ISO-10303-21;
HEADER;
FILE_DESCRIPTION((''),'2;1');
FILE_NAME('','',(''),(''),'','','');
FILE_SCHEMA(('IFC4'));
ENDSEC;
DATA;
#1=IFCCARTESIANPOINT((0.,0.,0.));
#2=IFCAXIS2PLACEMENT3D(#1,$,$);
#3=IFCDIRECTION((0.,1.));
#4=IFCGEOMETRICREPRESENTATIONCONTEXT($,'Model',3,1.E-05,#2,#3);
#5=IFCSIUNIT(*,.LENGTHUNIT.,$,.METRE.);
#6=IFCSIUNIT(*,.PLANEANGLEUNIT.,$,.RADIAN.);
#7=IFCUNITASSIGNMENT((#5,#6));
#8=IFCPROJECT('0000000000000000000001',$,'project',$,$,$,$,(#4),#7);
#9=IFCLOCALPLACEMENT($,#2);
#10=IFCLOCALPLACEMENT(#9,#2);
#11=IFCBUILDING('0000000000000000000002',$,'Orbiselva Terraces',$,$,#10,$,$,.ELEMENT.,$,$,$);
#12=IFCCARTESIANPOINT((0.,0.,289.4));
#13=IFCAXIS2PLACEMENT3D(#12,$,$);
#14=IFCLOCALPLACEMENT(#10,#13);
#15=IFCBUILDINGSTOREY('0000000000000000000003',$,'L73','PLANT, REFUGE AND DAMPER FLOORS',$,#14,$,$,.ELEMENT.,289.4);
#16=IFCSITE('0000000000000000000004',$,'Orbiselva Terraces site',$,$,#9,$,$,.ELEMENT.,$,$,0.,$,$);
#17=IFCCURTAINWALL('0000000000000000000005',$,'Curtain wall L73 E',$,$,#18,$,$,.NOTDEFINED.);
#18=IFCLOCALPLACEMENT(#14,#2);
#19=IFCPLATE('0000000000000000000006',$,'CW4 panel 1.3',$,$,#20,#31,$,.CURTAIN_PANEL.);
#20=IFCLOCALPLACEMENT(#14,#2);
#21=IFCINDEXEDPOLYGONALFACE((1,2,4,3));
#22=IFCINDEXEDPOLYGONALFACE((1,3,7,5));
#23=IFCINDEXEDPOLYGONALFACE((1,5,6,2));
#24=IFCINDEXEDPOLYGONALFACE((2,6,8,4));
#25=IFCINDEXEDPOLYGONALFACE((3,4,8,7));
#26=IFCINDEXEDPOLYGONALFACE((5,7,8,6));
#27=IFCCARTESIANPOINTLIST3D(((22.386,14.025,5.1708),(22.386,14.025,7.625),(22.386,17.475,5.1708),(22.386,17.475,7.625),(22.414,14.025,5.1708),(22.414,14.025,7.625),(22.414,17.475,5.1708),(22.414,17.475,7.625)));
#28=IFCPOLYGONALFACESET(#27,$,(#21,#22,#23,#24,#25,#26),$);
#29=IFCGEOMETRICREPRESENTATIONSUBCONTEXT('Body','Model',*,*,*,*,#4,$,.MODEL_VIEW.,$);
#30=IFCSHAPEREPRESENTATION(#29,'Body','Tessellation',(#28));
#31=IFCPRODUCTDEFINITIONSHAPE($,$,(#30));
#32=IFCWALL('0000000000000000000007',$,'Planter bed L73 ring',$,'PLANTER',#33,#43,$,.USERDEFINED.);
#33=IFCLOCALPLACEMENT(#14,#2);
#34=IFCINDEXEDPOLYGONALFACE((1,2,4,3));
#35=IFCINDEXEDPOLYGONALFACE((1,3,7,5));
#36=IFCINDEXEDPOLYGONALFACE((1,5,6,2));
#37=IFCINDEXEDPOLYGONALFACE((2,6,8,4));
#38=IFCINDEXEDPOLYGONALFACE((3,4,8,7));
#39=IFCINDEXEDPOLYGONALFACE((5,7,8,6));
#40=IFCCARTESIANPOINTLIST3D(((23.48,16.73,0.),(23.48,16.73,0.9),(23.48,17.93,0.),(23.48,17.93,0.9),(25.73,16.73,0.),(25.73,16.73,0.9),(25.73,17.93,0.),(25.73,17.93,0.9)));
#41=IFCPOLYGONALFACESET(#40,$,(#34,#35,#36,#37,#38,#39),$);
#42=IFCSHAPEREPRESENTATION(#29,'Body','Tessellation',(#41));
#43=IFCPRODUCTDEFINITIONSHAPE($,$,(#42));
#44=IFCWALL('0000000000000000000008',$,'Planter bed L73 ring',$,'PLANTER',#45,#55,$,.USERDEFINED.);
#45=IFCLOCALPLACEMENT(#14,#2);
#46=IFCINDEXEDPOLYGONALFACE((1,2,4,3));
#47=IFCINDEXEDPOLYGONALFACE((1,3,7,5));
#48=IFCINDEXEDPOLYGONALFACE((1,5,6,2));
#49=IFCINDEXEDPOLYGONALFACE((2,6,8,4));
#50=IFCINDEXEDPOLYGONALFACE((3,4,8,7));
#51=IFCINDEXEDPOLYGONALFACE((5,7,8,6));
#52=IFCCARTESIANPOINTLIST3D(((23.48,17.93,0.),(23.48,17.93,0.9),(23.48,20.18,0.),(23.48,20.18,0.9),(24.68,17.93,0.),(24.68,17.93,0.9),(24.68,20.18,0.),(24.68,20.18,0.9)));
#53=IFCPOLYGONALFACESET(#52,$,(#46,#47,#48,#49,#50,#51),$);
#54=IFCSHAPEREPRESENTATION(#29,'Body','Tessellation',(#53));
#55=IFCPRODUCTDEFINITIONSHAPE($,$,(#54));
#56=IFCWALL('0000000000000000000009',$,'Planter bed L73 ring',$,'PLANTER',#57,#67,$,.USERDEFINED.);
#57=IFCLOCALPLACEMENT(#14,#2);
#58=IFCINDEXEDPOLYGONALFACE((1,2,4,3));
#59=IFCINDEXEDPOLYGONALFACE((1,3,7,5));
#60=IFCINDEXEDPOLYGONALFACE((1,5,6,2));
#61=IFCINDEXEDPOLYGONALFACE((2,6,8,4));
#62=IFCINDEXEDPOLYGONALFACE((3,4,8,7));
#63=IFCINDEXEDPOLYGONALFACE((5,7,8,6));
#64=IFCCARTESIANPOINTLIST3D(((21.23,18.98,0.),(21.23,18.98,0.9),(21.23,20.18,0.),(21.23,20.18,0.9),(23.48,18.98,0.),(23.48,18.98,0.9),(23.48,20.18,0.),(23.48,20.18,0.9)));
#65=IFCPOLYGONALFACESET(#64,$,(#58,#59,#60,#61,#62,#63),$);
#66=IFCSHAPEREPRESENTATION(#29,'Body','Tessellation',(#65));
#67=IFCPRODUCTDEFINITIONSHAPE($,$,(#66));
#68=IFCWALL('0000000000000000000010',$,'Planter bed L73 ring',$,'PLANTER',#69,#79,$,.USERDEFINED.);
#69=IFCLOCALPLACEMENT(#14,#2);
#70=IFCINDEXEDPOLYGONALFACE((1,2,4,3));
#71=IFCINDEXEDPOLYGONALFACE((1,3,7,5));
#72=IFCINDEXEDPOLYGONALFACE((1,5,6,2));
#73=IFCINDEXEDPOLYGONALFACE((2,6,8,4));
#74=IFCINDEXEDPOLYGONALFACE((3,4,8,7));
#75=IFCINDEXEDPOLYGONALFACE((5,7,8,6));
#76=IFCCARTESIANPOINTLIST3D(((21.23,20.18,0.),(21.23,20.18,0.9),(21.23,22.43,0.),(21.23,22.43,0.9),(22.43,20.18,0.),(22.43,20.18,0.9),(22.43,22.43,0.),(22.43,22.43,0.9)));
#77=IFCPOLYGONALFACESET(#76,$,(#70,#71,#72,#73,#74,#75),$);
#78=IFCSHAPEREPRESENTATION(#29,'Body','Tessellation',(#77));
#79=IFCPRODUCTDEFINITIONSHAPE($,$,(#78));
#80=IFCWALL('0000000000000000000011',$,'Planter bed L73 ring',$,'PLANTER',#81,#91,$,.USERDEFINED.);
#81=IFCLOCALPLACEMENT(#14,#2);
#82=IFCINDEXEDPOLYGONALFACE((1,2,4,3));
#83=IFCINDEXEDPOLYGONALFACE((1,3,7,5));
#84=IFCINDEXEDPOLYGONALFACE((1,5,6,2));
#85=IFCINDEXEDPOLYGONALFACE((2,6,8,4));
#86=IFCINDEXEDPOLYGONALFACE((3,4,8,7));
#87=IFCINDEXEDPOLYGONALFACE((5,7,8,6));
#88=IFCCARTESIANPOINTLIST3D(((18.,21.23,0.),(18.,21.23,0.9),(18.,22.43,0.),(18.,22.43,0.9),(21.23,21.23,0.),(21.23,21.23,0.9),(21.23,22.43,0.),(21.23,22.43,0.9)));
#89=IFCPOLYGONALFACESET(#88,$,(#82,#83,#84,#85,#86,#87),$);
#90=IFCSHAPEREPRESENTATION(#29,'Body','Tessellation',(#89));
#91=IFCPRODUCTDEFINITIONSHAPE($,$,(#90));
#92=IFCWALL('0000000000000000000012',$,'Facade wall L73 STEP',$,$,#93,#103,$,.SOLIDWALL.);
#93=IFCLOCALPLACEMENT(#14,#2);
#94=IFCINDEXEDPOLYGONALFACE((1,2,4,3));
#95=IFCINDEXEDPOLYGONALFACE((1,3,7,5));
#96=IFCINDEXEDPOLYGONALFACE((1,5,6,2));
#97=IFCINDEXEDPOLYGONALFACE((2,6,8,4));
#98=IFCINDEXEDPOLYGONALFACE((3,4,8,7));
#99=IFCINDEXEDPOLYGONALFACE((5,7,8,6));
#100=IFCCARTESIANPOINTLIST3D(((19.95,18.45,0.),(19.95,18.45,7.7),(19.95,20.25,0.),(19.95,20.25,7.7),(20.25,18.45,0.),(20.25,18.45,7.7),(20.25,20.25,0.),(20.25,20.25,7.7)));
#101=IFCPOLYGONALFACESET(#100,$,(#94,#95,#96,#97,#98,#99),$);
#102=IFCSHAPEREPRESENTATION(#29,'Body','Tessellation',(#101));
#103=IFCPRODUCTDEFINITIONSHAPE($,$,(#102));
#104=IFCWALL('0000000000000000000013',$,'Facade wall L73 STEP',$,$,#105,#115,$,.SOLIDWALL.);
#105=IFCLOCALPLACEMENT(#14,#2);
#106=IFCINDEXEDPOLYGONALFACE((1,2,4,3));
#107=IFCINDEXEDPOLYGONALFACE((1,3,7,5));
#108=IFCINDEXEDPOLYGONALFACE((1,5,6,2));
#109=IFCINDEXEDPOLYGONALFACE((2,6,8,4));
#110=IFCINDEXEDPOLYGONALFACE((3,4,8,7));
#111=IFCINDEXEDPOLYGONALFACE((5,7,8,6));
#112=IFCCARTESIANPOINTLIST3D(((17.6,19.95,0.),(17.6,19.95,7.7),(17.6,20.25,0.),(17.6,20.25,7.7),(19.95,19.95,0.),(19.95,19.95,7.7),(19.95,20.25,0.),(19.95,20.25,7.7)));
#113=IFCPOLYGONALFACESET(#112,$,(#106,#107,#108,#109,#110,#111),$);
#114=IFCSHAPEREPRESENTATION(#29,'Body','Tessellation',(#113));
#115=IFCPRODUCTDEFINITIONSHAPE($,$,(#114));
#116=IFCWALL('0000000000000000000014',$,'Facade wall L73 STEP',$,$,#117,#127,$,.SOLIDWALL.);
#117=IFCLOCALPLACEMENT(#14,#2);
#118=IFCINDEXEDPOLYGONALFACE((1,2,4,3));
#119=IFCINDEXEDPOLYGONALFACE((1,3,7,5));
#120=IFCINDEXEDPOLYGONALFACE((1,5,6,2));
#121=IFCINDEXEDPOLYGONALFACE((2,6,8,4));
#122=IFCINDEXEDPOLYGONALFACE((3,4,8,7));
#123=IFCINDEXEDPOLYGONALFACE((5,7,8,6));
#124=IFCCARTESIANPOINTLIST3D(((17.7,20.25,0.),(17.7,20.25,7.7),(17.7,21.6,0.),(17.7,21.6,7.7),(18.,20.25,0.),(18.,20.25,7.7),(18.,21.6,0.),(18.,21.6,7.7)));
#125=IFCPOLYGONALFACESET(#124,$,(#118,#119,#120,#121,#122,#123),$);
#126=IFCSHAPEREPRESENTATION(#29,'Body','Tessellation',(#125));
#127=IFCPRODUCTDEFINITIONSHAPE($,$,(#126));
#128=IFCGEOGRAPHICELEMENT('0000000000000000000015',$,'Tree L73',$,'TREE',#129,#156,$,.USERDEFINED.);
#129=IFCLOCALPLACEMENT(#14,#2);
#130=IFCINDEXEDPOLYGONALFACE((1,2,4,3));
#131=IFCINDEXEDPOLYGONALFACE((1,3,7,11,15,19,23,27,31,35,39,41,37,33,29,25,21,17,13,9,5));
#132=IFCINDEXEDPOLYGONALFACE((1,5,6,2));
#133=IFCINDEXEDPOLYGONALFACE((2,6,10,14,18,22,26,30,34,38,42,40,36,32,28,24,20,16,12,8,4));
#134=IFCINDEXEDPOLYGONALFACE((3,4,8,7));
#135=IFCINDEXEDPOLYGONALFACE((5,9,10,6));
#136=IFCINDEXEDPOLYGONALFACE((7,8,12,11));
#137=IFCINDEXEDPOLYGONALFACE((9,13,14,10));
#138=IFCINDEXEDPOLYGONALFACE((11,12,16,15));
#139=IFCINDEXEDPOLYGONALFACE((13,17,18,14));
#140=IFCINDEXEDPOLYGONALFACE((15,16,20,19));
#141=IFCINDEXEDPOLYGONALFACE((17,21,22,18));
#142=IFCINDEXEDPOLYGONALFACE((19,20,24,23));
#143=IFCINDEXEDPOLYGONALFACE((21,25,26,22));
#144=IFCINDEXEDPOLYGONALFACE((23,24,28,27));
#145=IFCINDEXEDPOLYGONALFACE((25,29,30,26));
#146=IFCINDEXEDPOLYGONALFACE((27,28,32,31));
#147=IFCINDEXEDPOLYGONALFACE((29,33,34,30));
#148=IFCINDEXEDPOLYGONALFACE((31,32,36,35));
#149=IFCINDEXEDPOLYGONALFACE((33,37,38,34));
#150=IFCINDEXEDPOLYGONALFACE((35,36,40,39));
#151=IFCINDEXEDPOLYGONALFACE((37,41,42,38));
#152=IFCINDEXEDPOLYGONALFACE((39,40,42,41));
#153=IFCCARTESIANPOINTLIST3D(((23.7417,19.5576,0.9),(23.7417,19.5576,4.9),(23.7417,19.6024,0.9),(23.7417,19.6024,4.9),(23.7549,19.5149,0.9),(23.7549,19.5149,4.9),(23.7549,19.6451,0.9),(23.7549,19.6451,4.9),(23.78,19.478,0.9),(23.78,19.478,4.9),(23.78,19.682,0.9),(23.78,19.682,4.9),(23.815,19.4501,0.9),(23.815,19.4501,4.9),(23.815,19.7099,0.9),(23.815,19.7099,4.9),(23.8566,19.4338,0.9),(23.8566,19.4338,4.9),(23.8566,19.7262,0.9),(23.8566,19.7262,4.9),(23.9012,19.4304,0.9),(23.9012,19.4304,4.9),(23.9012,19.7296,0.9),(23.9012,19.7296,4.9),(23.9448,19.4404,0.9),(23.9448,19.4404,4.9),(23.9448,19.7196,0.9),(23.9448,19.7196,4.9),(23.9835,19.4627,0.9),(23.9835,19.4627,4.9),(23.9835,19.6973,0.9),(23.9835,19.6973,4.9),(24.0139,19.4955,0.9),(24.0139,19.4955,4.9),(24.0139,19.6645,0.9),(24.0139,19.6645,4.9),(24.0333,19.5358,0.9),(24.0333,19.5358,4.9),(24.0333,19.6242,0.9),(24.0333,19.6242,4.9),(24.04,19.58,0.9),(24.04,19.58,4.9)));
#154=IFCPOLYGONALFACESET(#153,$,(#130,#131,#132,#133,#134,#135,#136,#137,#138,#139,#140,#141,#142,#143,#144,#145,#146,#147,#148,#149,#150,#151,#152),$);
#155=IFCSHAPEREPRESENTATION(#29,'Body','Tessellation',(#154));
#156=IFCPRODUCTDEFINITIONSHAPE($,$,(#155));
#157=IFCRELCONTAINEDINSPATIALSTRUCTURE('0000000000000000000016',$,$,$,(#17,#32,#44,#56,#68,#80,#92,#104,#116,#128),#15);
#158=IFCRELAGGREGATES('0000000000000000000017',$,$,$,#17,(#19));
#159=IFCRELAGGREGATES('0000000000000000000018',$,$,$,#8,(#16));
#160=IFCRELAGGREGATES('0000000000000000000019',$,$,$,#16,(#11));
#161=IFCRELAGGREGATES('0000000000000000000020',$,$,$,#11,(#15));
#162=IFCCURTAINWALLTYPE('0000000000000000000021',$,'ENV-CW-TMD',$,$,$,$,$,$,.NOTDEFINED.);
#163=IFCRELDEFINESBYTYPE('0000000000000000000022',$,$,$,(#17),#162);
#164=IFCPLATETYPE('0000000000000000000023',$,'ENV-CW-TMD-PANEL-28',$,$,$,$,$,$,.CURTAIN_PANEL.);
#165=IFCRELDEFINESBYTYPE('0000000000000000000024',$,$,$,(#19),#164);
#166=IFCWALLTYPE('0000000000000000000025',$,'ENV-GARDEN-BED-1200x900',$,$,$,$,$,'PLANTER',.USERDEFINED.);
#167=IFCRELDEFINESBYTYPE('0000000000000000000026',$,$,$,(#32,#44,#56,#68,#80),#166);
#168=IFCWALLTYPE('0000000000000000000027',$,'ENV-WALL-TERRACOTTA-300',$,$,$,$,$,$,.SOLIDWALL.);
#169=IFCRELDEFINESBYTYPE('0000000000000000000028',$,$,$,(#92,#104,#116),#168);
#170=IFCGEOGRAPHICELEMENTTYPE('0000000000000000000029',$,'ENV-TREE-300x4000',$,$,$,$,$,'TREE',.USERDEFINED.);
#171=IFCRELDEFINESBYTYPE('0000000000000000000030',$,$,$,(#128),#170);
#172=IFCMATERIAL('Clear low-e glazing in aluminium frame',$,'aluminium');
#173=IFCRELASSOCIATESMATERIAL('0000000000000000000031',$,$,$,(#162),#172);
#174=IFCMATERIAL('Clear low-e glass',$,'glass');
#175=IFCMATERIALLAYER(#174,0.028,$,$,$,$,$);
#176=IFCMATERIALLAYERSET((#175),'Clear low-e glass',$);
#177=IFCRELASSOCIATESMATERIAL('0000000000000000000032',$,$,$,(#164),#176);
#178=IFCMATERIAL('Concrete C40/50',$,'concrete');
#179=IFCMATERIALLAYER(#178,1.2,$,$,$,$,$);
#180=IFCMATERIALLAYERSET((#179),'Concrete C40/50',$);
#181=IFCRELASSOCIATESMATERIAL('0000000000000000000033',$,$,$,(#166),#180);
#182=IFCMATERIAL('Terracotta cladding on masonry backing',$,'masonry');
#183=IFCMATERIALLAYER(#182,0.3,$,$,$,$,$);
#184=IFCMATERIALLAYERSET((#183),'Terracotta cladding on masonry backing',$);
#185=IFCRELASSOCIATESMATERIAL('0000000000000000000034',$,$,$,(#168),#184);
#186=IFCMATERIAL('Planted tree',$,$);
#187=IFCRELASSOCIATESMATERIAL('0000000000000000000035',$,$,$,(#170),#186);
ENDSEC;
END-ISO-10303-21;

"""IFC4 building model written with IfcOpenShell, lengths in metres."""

from ifc_helpers import new_model, si_unit, direction, frame, frame_2d, origin, origin_2d, place, context, subcontext, project, spatial, rectangle, circle, extrude, material, layer, layer_set, type_object, element, aggregate, save


model = new_model("IFC4")

# Units and contexts
model_context = context("Model", 3, precision=1e-05, world=origin(), true_north=direction((0.0, 1.0)))
body_context = subcontext(model_context, "Body", "Model", "MODEL_VIEW")
ifc_project = project(units=[si_unit("LENGTHUNIT", "METRE"), si_unit("PLANEANGLEUNIT", "RADIAN")], contexts=[model_context])

# Site, building, storey
site_placement = place(None, origin())
site = spatial("IfcSite", under=ifc_project, at=site_placement, Name="Orbiselva Terraces site", CompositionType="ELEMENT", RefElevation=0.0)
building_placement = place(site_placement, origin())
building = spatial("IfcBuilding", under=site, at=building_placement, Name="Orbiselva Terraces", CompositionType="ELEMENT")
storey_placement = place(building_placement, frame((0.0, 0.0, 289.4)))
storey = spatial("IfcBuildingStorey", under=building, at=storey_placement, Name="L73", Description="PLANT, REFUGE AND DAMPER FLOORS", CompositionType="ELEMENT", Elevation=289.4)

# Curtain wall
ifc_material_1 = material(Name="Clear low-e glazing in aluminium frame", Category="aluminium")
curtain_wall_type = type_object("IfcCurtainWallType", Name="ENV-CW-TMD", PredefinedType="NOTDEFINED", material=ifc_material_1)
curtain_wall_1_placement = place(storey_placement, origin())
curtain_wall_1 = element("IfcCurtainWall", 1, at=curtain_wall_1_placement, inside=storey, type_object=curtain_wall_type, Name="Curtain wall L73 E", PredefinedType="NOTDEFINED")

# Plate
ifc_material_2 = material(Name="Clear low-e glass", Category="glass")
ifc_layer_1 = layer(ifc_material_2, 0.028)
ifc_layer_set_1 = layer_set([ifc_layer_1], Name="Clear low-e glass")
plate_type = type_object("IfcPlateType", Name="ENV-CW-TMD-PANEL-28", PredefinedType="CURTAIN_PANEL", material=ifc_layer_set_1)
plate_1_placement = place(storey_placement, frame((22.4, 15.75, 5.1708), z_axis=(0.0, 0.0, 1.0), x_axis=(0.0, 1.0, 0.0)))
plate_1 = element("IfcPlate", 2, at=plate_1_placement, type_object=plate_type, Name="CW4 panel 1.3", PredefinedType="CURTAIN_PANEL", context=body_context, shape_type="SweptSolid", body=[
    extrude(rectangle(XDim=3.45, YDim=0.028, at=origin_2d()), origin(), (0.0, 0.0, 1.0), 2.4542),
])
aggregate(curtain_wall_1, [plate_1])

# Walls
ifc_material_3 = material(Name="Concrete C40/50", Category="concrete")
ifc_layer_2 = layer(ifc_material_3, 1.2)
ifc_layer_set_2 = layer_set([ifc_layer_2], Name="Concrete C40/50")
wall_type_1 = type_object("IfcWallType", Name="ENV-GARDEN-BED-1200x900", ElementType="PLANTER", PredefinedType="USERDEFINED", material=ifc_layer_set_2)
for number, where, z_axis, x_axis, name in (
    (3, (25.73, 17.33, 0.0), (0.0, 0.0, 1.0), (-1.0, 0.0, 0.0), "Planter bed L73 ring"),
    (4, (24.08, 17.93, 0.0), (0.0, 0.0, 1.0), (0.0, 1.0, 0.0), "Planter bed L73 ring"),
    (5, (23.48, 19.58, 0.0), (0.0, 0.0, 1.0), (-1.0, 0.0, 0.0), "Planter bed L73 ring"),
    (6, (21.83, 20.18, 0.0), (0.0, 0.0, 1.0), (0.0, 1.0, 0.0), "Planter bed L73 ring"),
):
    element("IfcWall", number, at=place(storey_placement, frame(where, z_axis=z_axis, x_axis=x_axis)), inside=storey, type_object=wall_type_1, Name=name, ObjectType="PLANTER", PredefinedType="USERDEFINED", context=body_context, shape_type="SweptSolid", body=[
        extrude(rectangle(XDim=2.25, YDim=1.2, at=frame_2d((1.125, 0.0))), origin(), (0.0, 0.0, 1.0), 0.9),
    ])
wall_1_placement = place(storey_placement, frame((21.23, 21.83, 0.0), z_axis=(0.0, 0.0, 1.0), x_axis=(-1.0, 0.0, 0.0)))
element("IfcWall", 7, at=wall_1_placement, inside=storey, type_object=wall_type_1, Name="Planter bed L73 ring", ObjectType="PLANTER", PredefinedType="USERDEFINED", context=body_context, shape_type="SweptSolid", body=[
    extrude(rectangle(XDim=3.23, YDim=1.2, at=frame_2d((1.615, 0.0))), origin(), (0.0, 0.0, 1.0), 0.9),
])
ifc_material_4 = material(Name="Terracotta cladding on masonry backing", Category="masonry")
ifc_layer_3 = layer(ifc_material_4, 0.3)
ifc_layer_set_3 = layer_set([ifc_layer_3], Name="Terracotta cladding on masonry backing")
wall_type_2 = type_object("IfcWallType", Name="ENV-WALL-TERRACOTTA-300", PredefinedType="SOLIDWALL", material=ifc_layer_set_3)
wall_2_placement = place(storey_placement, frame((20.1, 20.25, 0.0), z_axis=(0.0, 0.0, 1.0), x_axis=(0.0, -1.0, 0.0)))
element("IfcWall", 8, at=wall_2_placement, inside=storey, type_object=wall_type_2, Name="Facade wall L73 STEP", PredefinedType="SOLIDWALL", context=body_context, shape_type="SweptSolid", body=[
    extrude(rectangle(XDim=1.8, YDim=0.3, at=frame_2d((0.9, 0.0))), origin(), (0.0, 0.0, 1.0), 7.7),
])
wall_3_placement = place(storey_placement, frame((17.6, 20.1, 0.0), z_axis=(0.0, 0.0, 1.0), x_axis=(1.0, 0.0, 0.0)))
element("IfcWall", 9, at=wall_3_placement, inside=storey, type_object=wall_type_2, Name="Facade wall L73 STEP", PredefinedType="SOLIDWALL", context=body_context, shape_type="SweptSolid", body=[
    extrude(rectangle(XDim=2.35, YDim=0.3, at=frame_2d((1.175, 0.0))), origin(), (0.0, 0.0, 1.0), 7.7),
])
wall_4_placement = place(storey_placement, frame((17.85, 21.6, 0.0), z_axis=(0.0, 0.0, 1.0), x_axis=(0.0, -1.0, 0.0)))
element("IfcWall", 10, at=wall_4_placement, inside=storey, type_object=wall_type_2, Name="Facade wall L73 STEP", PredefinedType="SOLIDWALL", context=body_context, shape_type="SweptSolid", body=[
    extrude(rectangle(XDim=1.35, YDim=0.3, at=frame_2d((0.675, 0.0))), origin(), (0.0, 0.0, 1.0), 7.7),
])

# Geographic element
ifc_material_5 = material(Name="Planted tree")
geographic_element_type = type_object("IfcGeographicElementType", Name="ENV-TREE-300x4000", ElementType="TREE", PredefinedType="USERDEFINED", material=ifc_material_5)
geographic_element_placement = place(storey_placement, frame((23.89, 19.58, 4.9), z_axis=(0.0, 0.0, -1.0), x_axis=(1.0, 0.0, 0.0)))
element("IfcGeographicElement", 11, at=geographic_element_placement, inside=storey, type_object=geographic_element_type, Name="Tree L73", ObjectType="TREE", PredefinedType="USERDEFINED", context=body_context, shape_type="SweptSolid", body=[
    extrude(circle(Radius=0.15, at=origin_2d()), origin(), (0.0, 0.0, 1.0), 4.0),
])

save(model, "model.ifc")
